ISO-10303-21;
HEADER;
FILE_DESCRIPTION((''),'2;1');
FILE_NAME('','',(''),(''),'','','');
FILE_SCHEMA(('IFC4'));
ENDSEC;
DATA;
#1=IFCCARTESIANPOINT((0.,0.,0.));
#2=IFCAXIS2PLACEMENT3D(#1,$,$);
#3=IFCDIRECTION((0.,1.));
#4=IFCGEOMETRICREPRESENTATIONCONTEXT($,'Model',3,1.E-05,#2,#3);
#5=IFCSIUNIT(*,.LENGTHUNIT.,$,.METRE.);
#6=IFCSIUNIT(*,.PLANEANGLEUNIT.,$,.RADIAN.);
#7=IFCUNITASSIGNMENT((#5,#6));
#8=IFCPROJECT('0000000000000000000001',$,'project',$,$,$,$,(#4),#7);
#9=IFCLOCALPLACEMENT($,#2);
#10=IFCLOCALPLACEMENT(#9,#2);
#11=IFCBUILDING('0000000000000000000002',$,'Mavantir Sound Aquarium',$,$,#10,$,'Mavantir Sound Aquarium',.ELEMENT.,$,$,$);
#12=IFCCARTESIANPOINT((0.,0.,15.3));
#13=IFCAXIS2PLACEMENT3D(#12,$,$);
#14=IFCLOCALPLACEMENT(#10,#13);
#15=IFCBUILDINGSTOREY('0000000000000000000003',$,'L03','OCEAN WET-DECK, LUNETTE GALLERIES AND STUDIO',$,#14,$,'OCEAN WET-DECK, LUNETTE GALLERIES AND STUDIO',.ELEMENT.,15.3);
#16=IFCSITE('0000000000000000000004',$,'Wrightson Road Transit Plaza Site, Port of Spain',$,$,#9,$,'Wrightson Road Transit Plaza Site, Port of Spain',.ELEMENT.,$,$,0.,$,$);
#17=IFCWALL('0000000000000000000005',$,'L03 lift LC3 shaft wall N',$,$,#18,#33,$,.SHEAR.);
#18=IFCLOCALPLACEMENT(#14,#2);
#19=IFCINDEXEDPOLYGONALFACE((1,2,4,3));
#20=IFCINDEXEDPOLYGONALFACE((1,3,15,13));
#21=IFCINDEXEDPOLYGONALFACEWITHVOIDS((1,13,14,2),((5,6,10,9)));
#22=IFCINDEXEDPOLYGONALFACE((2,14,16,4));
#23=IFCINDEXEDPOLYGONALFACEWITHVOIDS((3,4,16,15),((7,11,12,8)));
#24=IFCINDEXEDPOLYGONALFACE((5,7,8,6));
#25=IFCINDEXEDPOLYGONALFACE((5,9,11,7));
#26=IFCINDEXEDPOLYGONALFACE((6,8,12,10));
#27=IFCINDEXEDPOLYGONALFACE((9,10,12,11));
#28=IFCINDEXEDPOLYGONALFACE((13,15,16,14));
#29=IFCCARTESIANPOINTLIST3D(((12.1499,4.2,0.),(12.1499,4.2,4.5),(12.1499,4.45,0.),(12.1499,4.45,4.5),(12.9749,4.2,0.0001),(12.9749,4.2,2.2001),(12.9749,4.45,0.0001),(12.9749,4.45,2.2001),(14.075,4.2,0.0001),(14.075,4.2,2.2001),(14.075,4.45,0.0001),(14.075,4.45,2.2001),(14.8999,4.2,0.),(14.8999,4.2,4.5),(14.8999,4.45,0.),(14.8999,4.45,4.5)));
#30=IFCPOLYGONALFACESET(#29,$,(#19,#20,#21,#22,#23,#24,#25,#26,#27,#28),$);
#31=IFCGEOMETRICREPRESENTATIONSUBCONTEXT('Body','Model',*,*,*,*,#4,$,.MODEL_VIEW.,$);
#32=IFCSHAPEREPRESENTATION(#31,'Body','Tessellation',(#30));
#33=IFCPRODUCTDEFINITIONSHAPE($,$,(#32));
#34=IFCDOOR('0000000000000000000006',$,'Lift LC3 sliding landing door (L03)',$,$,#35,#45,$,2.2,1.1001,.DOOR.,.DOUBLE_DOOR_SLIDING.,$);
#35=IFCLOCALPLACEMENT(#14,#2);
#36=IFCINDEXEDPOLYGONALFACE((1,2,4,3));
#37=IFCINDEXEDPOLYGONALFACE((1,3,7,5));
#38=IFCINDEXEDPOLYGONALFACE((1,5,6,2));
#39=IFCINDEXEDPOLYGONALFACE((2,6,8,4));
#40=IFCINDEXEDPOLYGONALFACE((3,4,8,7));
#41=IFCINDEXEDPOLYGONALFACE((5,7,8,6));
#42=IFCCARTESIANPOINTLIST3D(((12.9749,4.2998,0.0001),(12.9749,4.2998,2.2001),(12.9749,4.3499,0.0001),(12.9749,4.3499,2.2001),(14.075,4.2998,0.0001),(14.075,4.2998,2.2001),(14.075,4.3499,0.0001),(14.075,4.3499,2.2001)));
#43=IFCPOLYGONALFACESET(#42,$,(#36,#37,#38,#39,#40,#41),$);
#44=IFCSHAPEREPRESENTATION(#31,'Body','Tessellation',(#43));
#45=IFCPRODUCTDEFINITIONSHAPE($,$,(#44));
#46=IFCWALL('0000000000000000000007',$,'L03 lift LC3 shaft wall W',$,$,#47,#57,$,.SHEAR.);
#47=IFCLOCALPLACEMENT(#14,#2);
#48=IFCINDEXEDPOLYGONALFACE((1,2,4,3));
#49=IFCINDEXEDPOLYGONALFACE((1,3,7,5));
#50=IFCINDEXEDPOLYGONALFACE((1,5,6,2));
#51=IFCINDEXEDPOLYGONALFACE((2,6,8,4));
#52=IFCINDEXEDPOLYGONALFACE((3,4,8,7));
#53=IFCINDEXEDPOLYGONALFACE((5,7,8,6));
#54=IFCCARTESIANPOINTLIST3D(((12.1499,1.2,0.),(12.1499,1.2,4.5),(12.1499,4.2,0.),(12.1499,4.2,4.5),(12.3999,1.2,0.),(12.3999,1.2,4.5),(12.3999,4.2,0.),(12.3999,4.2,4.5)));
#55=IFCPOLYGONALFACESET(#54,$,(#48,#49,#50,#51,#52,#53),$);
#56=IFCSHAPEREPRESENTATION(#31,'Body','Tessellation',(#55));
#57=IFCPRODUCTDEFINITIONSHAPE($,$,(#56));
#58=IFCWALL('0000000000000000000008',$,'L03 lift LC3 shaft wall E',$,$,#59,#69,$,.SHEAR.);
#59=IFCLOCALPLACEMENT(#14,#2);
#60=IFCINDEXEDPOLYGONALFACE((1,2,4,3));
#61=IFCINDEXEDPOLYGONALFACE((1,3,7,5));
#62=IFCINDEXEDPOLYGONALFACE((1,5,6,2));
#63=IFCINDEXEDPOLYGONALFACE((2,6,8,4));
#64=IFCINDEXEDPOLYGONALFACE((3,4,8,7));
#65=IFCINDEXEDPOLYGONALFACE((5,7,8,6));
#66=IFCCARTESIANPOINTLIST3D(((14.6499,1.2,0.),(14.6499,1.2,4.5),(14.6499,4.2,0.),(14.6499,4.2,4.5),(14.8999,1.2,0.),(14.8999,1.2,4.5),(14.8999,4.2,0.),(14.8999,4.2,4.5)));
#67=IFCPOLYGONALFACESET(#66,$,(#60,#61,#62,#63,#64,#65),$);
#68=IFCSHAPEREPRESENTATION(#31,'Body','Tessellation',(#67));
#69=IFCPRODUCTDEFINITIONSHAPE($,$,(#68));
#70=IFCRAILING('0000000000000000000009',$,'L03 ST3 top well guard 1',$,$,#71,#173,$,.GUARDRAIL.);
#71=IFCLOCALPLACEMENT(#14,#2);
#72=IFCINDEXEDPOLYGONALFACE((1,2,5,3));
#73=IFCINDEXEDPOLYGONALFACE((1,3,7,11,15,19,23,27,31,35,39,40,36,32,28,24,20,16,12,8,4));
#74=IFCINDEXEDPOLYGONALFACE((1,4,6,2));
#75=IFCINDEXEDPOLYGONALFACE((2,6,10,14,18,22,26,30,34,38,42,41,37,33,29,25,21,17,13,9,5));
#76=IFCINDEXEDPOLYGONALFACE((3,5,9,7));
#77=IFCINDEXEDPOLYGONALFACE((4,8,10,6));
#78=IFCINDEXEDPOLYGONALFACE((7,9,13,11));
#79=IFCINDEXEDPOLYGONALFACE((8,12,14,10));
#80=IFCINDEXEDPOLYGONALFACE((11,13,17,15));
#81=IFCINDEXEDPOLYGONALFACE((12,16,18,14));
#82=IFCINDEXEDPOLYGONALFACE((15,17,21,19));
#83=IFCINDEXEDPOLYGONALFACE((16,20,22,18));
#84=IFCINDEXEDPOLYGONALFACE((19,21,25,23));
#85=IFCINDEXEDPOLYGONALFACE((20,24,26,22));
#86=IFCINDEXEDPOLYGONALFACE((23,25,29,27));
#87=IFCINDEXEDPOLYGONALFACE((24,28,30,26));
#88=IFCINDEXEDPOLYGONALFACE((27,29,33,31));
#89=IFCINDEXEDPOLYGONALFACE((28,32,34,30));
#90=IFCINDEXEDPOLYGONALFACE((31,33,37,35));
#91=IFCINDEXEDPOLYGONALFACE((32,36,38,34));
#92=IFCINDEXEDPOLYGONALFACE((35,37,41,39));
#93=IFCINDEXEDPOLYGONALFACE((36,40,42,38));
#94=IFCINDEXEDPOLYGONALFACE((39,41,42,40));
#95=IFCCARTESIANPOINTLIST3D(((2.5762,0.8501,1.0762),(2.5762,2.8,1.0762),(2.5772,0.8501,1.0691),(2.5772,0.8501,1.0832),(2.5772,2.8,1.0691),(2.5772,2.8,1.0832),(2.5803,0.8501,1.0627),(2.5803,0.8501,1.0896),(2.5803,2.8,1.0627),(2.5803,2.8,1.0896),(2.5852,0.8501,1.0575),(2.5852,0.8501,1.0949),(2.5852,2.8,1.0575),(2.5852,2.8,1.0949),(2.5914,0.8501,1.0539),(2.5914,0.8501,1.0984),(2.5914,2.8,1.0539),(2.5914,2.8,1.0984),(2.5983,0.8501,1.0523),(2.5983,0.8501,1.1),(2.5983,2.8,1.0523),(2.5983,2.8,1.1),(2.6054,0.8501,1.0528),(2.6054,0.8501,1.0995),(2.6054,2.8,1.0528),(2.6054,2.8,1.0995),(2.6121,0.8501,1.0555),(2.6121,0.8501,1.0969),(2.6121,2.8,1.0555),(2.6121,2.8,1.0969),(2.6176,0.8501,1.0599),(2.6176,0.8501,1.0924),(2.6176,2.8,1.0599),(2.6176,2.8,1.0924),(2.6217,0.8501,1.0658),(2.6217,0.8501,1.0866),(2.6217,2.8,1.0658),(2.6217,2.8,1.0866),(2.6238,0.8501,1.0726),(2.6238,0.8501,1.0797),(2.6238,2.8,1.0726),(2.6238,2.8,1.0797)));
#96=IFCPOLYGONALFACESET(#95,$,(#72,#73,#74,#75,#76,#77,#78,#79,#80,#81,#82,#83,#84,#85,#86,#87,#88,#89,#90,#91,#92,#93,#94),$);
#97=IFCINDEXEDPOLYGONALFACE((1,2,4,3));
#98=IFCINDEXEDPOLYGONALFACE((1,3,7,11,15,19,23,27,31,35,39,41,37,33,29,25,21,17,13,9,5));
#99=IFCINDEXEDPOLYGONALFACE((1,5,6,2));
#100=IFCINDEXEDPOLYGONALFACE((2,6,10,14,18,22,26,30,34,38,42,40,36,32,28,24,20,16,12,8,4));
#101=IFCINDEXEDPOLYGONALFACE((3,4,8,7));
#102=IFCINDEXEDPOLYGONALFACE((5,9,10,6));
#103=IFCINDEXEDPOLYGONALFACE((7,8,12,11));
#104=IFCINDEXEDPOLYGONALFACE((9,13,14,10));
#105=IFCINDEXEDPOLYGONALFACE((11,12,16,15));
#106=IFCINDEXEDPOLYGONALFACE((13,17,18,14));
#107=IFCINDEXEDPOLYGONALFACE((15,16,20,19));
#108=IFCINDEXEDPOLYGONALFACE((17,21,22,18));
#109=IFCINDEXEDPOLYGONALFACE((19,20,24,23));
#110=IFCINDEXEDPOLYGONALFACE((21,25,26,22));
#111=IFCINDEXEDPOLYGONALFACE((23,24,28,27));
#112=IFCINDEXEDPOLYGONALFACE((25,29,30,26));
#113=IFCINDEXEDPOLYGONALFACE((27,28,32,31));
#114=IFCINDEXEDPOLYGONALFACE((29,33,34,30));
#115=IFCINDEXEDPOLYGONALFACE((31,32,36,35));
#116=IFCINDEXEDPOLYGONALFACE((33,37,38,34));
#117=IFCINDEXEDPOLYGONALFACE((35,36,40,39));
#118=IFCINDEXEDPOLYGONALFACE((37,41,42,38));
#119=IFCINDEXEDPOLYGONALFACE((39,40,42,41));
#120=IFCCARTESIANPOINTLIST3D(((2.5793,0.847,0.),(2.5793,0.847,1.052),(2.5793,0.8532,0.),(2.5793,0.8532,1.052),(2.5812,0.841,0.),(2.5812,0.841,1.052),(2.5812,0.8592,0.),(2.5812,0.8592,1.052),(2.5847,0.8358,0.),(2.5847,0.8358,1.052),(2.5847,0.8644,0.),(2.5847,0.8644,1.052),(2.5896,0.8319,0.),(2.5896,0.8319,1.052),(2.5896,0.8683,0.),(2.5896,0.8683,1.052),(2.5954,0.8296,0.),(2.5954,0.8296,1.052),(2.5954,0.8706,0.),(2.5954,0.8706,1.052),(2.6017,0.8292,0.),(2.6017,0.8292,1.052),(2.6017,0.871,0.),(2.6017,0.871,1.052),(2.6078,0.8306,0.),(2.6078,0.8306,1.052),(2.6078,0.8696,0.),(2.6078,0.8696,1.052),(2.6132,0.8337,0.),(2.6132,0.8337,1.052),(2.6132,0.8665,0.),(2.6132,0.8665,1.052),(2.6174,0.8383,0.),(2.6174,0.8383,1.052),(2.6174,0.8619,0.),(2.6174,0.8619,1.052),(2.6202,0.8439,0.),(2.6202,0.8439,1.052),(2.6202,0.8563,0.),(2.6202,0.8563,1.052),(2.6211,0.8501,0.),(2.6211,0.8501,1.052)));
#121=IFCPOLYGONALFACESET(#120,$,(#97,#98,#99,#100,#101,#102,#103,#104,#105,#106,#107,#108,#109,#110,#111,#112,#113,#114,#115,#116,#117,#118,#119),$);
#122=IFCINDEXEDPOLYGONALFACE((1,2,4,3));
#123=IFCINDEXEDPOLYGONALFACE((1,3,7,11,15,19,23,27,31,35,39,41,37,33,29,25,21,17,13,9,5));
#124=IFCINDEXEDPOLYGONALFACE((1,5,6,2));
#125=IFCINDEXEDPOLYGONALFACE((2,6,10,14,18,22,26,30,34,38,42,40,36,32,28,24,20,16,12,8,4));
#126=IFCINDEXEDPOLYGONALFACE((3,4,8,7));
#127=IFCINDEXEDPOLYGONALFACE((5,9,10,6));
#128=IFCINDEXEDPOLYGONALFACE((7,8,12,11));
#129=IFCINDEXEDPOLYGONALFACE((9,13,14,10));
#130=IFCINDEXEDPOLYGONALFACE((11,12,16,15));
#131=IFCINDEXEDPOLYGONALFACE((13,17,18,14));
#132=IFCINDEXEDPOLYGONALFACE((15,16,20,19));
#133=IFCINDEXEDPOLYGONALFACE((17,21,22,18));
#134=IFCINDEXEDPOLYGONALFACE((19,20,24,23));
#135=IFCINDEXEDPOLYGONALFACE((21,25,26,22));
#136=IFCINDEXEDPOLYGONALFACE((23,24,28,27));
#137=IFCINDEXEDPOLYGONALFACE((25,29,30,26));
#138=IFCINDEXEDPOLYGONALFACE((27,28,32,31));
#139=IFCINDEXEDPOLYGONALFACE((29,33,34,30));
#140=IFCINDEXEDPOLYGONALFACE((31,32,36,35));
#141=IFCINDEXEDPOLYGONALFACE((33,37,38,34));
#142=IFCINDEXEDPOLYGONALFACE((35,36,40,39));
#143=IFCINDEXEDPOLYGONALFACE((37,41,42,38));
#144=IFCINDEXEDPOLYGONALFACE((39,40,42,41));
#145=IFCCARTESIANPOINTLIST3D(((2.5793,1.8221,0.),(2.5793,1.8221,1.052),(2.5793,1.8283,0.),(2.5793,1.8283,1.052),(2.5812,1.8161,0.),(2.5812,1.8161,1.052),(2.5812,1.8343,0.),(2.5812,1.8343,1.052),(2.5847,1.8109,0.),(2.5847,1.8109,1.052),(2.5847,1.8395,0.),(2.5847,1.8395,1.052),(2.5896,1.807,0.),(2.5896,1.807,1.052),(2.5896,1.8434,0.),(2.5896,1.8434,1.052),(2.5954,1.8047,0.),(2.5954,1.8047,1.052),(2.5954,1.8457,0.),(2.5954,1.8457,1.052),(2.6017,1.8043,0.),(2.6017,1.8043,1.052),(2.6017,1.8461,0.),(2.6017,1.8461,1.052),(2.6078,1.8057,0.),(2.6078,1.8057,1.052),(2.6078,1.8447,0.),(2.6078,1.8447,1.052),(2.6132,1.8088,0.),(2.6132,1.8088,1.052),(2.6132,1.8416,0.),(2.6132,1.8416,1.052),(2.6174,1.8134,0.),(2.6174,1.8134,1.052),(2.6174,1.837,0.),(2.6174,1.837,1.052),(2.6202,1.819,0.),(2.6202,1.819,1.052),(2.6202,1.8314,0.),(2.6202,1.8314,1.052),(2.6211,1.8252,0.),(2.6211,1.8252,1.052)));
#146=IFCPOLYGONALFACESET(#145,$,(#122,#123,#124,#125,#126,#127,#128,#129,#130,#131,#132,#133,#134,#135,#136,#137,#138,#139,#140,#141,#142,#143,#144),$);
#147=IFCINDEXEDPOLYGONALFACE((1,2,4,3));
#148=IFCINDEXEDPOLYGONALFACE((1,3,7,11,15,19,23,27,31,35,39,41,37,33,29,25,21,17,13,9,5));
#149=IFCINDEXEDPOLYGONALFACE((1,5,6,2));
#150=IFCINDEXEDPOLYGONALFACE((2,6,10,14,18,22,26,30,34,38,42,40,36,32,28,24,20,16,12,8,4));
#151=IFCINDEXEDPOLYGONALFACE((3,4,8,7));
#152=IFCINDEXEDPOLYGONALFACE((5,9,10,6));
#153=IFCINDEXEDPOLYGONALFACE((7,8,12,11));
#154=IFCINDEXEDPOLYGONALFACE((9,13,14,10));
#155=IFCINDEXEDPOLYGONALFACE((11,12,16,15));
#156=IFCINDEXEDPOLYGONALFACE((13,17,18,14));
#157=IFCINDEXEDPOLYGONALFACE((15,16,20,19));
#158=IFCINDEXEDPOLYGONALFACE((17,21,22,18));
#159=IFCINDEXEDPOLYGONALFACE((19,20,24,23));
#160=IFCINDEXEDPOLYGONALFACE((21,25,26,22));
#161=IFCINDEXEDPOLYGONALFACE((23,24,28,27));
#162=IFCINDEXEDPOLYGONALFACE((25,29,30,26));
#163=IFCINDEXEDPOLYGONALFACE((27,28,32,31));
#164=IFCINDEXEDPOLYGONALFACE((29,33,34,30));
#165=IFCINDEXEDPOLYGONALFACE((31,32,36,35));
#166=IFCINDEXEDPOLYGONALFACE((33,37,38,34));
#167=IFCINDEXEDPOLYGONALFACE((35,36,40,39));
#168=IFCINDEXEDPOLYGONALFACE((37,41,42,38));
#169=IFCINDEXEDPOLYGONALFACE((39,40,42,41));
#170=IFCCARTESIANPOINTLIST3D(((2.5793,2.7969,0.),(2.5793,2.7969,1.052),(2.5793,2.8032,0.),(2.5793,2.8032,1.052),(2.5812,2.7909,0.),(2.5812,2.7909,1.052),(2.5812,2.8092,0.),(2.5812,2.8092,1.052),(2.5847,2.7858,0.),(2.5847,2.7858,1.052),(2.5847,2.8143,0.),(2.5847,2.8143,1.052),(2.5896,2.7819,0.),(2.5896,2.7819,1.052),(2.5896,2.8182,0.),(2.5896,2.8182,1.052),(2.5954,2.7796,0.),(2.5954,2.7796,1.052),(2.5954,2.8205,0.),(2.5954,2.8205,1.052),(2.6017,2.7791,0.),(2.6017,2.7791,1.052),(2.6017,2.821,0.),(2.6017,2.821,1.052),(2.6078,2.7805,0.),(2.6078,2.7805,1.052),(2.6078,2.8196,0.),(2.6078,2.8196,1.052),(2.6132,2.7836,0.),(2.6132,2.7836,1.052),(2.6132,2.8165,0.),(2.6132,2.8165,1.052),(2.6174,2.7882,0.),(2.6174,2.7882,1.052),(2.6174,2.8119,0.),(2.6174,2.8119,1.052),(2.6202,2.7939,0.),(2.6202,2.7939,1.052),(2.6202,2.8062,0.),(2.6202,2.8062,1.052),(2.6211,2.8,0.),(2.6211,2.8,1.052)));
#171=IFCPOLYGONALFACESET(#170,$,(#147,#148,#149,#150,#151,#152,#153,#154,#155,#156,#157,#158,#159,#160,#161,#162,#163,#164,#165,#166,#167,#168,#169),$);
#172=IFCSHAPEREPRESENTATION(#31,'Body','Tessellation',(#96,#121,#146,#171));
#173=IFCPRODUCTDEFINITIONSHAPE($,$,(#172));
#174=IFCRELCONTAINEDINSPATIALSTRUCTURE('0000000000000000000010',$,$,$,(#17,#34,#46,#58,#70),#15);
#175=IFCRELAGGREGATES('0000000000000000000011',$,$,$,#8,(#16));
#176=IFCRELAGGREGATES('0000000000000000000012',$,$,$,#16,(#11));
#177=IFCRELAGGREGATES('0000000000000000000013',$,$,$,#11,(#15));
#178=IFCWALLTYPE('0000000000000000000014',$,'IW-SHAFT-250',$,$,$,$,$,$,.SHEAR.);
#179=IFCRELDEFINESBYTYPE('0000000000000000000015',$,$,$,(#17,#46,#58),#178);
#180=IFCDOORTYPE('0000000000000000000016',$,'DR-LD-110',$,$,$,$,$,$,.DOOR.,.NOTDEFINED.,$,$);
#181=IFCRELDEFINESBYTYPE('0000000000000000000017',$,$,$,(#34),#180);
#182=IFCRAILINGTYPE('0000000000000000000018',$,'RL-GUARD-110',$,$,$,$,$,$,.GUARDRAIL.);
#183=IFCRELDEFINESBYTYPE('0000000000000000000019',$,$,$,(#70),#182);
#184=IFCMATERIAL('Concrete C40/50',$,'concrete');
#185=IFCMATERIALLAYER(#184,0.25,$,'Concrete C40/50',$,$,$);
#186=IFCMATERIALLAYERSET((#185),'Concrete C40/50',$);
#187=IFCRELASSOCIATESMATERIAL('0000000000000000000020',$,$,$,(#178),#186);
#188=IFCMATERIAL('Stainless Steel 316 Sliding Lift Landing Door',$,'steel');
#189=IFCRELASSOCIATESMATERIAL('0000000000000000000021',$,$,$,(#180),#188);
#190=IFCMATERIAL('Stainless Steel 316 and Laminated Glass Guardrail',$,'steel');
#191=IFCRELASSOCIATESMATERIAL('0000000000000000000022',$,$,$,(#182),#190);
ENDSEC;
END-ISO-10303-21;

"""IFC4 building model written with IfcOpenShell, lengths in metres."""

from ifc_helpers import new_model, si_unit, direction, frame, frame_2d, origin, origin_2d, place, context, subcontext, project, spatial, rectangle, circle, extrude, material, layer, layer_set, type_object, element, fill, save


model = new_model("IFC4")

# Units and contexts
model_context = context("Model", 3, precision=1e-05, world=origin(), true_north=direction((0.0, 1.0)))
body_context = subcontext(model_context, "Body", "Model", "MODEL_VIEW")
ifc_project = project(units=[si_unit("LENGTHUNIT", "METRE"), si_unit("PLANEANGLEUNIT", "RADIAN")], contexts=[model_context])

# Site, building, storey
site_placement = place(None, origin())
site = spatial("IfcSite", under=ifc_project, at=site_placement, Name="Wrightson Road Transit Plaza Site, Port of Spain", LongName="Wrightson Road Transit Plaza Site, Port of Spain", CompositionType="ELEMENT", RefElevation=0.0)
building_placement = place(site_placement, origin())
building = spatial("IfcBuilding", under=site, at=building_placement, Name="Mavantir Sound Aquarium", LongName="Mavantir Sound Aquarium", CompositionType="ELEMENT")
storey_placement = place(building_placement, frame((0.0, 0.0, 15.3)))
storey = spatial("IfcBuildingStorey", under=building, at=storey_placement, Name="L03", Description="OCEAN WET-DECK, LUNETTE GALLERIES AND STUDIO", LongName="OCEAN WET-DECK, LUNETTE GALLERIES AND STUDIO", CompositionType="ELEMENT", Elevation=15.3)

# Shared definitions
ifc_material_1 = material(Name="Concrete C40/50", Category="concrete")

# Shared definitions
ifc_layer_1 = layer(ifc_material_1, 0.25, Name="Concrete C40/50")
ifc_layer_set_1 = layer_set([ifc_layer_1], Name="Concrete C40/50")
wall_type_1 = type_object("IfcWallType", Name="IW-SHAFT-250", PredefinedType="SHEAR", material=ifc_layer_set_1)

# Wall, opening, door
wall_1_placement = place(storey_placement, frame((12.1499, 4.325, 0.0), z_axis=(0.0, 0.0, 1.0), x_axis=(1.0, 0.0, 0.0)))
wall_1 = element("IfcWall", 1, at=wall_1_placement, inside=storey, type_object=wall_type_1, Name="L03 lift LC3 shaft wall N", PredefinedType="SHEAR", context=body_context, shape_type="SweptSolid", body=[
    extrude(rectangle(XDim=2.75, YDim=0.25, at=frame_2d((1.375, 0.0))), origin(), (0.0, 0.0, 1.0), 4.5),
])
opening_1_placement = place(wall_1_placement, frame((0.825, 0.0, 0.0)))
opening_1 = element("IfcOpeningElement", 2, at=opening_1_placement, cuts=wall_1, PredefinedType="OPENING", context=body_context, shape_type="SweptSolid", body=[
    extrude(rectangle(XDim=1.1001, YDim=2.2, at=frame_2d((0.55, 1.1001))), frame((0.0, 0.135, 0.0), z_axis=(0.0, -1.0, 0.0), x_axis=(1.0, 0.0, 0.0)), (0.0, 0.0, 1.0), 0.27),
])
ifc_material_2 = material(Name="Stainless Steel 316 Sliding Lift Landing Door", Category="steel")
door_type_1 = type_object("IfcDoorType", Name="DR-LD-110", OperationType="NOTDEFINED", PredefinedType="DOOR", material=ifc_material_2)
door_1_placement = place(opening_1_placement, origin())
door_1 = element("IfcDoor", 3, at=door_1_placement, inside=storey, type_object=door_type_1, Name="Lift LC3 sliding landing door (L03)", OperationType="DOUBLE_DOOR_SLIDING", OverallHeight=2.2, OverallWidth=1.1001, PredefinedType="DOOR", context=body_context, shape_type="SweptSolid", body=[
    extrude(rectangle(XDim=1.1001, YDim=2.2, at=frame_2d((0.55, 1.1001))), frame((0.0, 0.0249, 0.0), z_axis=(0.0, -1.0, 0.0), x_axis=(1.0, 0.0, 0.0)), (0.0, 0.0, 1.0), 0.05),
])
fill(opening_1, door_1)

# Walls
for number, where, z_axis, x_axis, name in (
    (4, (12.2749, 1.2, 0.0), (0.0, 0.0, 1.0), (0.0, 1.0, 0.0), "L03 lift LC3 shaft wall W"),
    (5, (14.7749, 1.2, 0.0), (0.0, 0.0, 1.0), (0.0, 1.0, 0.0), "L03 lift LC3 shaft wall E"),
):
    element("IfcWall", number, at=place(storey_placement, frame(where, z_axis=z_axis, x_axis=x_axis)), inside=storey, type_object=wall_type_1, Name=name, PredefinedType="SHEAR", context=body_context, shape_type="SweptSolid", body=[
        extrude(rectangle(XDim=3.0, YDim=0.25, at=frame_2d((1.5, 0.0))), origin(), (0.0, 0.0, 1.0), 4.5),
    ])

# Railing
ifc_material_3 = material(Name="Stainless Steel 316 and Laminated Glass Guardrail", Category="steel")
railing_type = type_object("IfcRailingType", Name="RL-GUARD-110", PredefinedType="GUARDRAIL", material=ifc_material_3)
railing_placement = place(storey_placement, frame((2.6001, 0.8501, 0.0)))
element("IfcRailing", 6, at=railing_placement, inside=storey, type_object=railing_type, Name="L03 ST3 top well guard 1", PredefinedType="GUARDRAIL", context=body_context, shape_type="SweptSolid", body=[
    extrude(circle(Radius=0.0239, at=origin_2d()), frame((0.0, 0.0, 1.0762), z_axis=(0.0, 1.0, 0.0), x_axis=(-1.0, 0.0, 0.0)), (0.0, 0.0, 1.0), 1.95),
    extrude(circle(Radius=0.021, at=origin_2d()), origin(), (0.0, 0.0, 1.0), 1.052),
    extrude(circle(Radius=0.021, at=origin_2d()), frame((0.0, 0.9751, 0.0)), (0.0, 0.0, 1.0), 1.052),
    extrude(circle(Radius=0.021, at=origin_2d()), frame((0.0, 1.95, 0.0)), (0.0, 0.0, 1.0), 1.052),
])

save(model, "model.ifc")
